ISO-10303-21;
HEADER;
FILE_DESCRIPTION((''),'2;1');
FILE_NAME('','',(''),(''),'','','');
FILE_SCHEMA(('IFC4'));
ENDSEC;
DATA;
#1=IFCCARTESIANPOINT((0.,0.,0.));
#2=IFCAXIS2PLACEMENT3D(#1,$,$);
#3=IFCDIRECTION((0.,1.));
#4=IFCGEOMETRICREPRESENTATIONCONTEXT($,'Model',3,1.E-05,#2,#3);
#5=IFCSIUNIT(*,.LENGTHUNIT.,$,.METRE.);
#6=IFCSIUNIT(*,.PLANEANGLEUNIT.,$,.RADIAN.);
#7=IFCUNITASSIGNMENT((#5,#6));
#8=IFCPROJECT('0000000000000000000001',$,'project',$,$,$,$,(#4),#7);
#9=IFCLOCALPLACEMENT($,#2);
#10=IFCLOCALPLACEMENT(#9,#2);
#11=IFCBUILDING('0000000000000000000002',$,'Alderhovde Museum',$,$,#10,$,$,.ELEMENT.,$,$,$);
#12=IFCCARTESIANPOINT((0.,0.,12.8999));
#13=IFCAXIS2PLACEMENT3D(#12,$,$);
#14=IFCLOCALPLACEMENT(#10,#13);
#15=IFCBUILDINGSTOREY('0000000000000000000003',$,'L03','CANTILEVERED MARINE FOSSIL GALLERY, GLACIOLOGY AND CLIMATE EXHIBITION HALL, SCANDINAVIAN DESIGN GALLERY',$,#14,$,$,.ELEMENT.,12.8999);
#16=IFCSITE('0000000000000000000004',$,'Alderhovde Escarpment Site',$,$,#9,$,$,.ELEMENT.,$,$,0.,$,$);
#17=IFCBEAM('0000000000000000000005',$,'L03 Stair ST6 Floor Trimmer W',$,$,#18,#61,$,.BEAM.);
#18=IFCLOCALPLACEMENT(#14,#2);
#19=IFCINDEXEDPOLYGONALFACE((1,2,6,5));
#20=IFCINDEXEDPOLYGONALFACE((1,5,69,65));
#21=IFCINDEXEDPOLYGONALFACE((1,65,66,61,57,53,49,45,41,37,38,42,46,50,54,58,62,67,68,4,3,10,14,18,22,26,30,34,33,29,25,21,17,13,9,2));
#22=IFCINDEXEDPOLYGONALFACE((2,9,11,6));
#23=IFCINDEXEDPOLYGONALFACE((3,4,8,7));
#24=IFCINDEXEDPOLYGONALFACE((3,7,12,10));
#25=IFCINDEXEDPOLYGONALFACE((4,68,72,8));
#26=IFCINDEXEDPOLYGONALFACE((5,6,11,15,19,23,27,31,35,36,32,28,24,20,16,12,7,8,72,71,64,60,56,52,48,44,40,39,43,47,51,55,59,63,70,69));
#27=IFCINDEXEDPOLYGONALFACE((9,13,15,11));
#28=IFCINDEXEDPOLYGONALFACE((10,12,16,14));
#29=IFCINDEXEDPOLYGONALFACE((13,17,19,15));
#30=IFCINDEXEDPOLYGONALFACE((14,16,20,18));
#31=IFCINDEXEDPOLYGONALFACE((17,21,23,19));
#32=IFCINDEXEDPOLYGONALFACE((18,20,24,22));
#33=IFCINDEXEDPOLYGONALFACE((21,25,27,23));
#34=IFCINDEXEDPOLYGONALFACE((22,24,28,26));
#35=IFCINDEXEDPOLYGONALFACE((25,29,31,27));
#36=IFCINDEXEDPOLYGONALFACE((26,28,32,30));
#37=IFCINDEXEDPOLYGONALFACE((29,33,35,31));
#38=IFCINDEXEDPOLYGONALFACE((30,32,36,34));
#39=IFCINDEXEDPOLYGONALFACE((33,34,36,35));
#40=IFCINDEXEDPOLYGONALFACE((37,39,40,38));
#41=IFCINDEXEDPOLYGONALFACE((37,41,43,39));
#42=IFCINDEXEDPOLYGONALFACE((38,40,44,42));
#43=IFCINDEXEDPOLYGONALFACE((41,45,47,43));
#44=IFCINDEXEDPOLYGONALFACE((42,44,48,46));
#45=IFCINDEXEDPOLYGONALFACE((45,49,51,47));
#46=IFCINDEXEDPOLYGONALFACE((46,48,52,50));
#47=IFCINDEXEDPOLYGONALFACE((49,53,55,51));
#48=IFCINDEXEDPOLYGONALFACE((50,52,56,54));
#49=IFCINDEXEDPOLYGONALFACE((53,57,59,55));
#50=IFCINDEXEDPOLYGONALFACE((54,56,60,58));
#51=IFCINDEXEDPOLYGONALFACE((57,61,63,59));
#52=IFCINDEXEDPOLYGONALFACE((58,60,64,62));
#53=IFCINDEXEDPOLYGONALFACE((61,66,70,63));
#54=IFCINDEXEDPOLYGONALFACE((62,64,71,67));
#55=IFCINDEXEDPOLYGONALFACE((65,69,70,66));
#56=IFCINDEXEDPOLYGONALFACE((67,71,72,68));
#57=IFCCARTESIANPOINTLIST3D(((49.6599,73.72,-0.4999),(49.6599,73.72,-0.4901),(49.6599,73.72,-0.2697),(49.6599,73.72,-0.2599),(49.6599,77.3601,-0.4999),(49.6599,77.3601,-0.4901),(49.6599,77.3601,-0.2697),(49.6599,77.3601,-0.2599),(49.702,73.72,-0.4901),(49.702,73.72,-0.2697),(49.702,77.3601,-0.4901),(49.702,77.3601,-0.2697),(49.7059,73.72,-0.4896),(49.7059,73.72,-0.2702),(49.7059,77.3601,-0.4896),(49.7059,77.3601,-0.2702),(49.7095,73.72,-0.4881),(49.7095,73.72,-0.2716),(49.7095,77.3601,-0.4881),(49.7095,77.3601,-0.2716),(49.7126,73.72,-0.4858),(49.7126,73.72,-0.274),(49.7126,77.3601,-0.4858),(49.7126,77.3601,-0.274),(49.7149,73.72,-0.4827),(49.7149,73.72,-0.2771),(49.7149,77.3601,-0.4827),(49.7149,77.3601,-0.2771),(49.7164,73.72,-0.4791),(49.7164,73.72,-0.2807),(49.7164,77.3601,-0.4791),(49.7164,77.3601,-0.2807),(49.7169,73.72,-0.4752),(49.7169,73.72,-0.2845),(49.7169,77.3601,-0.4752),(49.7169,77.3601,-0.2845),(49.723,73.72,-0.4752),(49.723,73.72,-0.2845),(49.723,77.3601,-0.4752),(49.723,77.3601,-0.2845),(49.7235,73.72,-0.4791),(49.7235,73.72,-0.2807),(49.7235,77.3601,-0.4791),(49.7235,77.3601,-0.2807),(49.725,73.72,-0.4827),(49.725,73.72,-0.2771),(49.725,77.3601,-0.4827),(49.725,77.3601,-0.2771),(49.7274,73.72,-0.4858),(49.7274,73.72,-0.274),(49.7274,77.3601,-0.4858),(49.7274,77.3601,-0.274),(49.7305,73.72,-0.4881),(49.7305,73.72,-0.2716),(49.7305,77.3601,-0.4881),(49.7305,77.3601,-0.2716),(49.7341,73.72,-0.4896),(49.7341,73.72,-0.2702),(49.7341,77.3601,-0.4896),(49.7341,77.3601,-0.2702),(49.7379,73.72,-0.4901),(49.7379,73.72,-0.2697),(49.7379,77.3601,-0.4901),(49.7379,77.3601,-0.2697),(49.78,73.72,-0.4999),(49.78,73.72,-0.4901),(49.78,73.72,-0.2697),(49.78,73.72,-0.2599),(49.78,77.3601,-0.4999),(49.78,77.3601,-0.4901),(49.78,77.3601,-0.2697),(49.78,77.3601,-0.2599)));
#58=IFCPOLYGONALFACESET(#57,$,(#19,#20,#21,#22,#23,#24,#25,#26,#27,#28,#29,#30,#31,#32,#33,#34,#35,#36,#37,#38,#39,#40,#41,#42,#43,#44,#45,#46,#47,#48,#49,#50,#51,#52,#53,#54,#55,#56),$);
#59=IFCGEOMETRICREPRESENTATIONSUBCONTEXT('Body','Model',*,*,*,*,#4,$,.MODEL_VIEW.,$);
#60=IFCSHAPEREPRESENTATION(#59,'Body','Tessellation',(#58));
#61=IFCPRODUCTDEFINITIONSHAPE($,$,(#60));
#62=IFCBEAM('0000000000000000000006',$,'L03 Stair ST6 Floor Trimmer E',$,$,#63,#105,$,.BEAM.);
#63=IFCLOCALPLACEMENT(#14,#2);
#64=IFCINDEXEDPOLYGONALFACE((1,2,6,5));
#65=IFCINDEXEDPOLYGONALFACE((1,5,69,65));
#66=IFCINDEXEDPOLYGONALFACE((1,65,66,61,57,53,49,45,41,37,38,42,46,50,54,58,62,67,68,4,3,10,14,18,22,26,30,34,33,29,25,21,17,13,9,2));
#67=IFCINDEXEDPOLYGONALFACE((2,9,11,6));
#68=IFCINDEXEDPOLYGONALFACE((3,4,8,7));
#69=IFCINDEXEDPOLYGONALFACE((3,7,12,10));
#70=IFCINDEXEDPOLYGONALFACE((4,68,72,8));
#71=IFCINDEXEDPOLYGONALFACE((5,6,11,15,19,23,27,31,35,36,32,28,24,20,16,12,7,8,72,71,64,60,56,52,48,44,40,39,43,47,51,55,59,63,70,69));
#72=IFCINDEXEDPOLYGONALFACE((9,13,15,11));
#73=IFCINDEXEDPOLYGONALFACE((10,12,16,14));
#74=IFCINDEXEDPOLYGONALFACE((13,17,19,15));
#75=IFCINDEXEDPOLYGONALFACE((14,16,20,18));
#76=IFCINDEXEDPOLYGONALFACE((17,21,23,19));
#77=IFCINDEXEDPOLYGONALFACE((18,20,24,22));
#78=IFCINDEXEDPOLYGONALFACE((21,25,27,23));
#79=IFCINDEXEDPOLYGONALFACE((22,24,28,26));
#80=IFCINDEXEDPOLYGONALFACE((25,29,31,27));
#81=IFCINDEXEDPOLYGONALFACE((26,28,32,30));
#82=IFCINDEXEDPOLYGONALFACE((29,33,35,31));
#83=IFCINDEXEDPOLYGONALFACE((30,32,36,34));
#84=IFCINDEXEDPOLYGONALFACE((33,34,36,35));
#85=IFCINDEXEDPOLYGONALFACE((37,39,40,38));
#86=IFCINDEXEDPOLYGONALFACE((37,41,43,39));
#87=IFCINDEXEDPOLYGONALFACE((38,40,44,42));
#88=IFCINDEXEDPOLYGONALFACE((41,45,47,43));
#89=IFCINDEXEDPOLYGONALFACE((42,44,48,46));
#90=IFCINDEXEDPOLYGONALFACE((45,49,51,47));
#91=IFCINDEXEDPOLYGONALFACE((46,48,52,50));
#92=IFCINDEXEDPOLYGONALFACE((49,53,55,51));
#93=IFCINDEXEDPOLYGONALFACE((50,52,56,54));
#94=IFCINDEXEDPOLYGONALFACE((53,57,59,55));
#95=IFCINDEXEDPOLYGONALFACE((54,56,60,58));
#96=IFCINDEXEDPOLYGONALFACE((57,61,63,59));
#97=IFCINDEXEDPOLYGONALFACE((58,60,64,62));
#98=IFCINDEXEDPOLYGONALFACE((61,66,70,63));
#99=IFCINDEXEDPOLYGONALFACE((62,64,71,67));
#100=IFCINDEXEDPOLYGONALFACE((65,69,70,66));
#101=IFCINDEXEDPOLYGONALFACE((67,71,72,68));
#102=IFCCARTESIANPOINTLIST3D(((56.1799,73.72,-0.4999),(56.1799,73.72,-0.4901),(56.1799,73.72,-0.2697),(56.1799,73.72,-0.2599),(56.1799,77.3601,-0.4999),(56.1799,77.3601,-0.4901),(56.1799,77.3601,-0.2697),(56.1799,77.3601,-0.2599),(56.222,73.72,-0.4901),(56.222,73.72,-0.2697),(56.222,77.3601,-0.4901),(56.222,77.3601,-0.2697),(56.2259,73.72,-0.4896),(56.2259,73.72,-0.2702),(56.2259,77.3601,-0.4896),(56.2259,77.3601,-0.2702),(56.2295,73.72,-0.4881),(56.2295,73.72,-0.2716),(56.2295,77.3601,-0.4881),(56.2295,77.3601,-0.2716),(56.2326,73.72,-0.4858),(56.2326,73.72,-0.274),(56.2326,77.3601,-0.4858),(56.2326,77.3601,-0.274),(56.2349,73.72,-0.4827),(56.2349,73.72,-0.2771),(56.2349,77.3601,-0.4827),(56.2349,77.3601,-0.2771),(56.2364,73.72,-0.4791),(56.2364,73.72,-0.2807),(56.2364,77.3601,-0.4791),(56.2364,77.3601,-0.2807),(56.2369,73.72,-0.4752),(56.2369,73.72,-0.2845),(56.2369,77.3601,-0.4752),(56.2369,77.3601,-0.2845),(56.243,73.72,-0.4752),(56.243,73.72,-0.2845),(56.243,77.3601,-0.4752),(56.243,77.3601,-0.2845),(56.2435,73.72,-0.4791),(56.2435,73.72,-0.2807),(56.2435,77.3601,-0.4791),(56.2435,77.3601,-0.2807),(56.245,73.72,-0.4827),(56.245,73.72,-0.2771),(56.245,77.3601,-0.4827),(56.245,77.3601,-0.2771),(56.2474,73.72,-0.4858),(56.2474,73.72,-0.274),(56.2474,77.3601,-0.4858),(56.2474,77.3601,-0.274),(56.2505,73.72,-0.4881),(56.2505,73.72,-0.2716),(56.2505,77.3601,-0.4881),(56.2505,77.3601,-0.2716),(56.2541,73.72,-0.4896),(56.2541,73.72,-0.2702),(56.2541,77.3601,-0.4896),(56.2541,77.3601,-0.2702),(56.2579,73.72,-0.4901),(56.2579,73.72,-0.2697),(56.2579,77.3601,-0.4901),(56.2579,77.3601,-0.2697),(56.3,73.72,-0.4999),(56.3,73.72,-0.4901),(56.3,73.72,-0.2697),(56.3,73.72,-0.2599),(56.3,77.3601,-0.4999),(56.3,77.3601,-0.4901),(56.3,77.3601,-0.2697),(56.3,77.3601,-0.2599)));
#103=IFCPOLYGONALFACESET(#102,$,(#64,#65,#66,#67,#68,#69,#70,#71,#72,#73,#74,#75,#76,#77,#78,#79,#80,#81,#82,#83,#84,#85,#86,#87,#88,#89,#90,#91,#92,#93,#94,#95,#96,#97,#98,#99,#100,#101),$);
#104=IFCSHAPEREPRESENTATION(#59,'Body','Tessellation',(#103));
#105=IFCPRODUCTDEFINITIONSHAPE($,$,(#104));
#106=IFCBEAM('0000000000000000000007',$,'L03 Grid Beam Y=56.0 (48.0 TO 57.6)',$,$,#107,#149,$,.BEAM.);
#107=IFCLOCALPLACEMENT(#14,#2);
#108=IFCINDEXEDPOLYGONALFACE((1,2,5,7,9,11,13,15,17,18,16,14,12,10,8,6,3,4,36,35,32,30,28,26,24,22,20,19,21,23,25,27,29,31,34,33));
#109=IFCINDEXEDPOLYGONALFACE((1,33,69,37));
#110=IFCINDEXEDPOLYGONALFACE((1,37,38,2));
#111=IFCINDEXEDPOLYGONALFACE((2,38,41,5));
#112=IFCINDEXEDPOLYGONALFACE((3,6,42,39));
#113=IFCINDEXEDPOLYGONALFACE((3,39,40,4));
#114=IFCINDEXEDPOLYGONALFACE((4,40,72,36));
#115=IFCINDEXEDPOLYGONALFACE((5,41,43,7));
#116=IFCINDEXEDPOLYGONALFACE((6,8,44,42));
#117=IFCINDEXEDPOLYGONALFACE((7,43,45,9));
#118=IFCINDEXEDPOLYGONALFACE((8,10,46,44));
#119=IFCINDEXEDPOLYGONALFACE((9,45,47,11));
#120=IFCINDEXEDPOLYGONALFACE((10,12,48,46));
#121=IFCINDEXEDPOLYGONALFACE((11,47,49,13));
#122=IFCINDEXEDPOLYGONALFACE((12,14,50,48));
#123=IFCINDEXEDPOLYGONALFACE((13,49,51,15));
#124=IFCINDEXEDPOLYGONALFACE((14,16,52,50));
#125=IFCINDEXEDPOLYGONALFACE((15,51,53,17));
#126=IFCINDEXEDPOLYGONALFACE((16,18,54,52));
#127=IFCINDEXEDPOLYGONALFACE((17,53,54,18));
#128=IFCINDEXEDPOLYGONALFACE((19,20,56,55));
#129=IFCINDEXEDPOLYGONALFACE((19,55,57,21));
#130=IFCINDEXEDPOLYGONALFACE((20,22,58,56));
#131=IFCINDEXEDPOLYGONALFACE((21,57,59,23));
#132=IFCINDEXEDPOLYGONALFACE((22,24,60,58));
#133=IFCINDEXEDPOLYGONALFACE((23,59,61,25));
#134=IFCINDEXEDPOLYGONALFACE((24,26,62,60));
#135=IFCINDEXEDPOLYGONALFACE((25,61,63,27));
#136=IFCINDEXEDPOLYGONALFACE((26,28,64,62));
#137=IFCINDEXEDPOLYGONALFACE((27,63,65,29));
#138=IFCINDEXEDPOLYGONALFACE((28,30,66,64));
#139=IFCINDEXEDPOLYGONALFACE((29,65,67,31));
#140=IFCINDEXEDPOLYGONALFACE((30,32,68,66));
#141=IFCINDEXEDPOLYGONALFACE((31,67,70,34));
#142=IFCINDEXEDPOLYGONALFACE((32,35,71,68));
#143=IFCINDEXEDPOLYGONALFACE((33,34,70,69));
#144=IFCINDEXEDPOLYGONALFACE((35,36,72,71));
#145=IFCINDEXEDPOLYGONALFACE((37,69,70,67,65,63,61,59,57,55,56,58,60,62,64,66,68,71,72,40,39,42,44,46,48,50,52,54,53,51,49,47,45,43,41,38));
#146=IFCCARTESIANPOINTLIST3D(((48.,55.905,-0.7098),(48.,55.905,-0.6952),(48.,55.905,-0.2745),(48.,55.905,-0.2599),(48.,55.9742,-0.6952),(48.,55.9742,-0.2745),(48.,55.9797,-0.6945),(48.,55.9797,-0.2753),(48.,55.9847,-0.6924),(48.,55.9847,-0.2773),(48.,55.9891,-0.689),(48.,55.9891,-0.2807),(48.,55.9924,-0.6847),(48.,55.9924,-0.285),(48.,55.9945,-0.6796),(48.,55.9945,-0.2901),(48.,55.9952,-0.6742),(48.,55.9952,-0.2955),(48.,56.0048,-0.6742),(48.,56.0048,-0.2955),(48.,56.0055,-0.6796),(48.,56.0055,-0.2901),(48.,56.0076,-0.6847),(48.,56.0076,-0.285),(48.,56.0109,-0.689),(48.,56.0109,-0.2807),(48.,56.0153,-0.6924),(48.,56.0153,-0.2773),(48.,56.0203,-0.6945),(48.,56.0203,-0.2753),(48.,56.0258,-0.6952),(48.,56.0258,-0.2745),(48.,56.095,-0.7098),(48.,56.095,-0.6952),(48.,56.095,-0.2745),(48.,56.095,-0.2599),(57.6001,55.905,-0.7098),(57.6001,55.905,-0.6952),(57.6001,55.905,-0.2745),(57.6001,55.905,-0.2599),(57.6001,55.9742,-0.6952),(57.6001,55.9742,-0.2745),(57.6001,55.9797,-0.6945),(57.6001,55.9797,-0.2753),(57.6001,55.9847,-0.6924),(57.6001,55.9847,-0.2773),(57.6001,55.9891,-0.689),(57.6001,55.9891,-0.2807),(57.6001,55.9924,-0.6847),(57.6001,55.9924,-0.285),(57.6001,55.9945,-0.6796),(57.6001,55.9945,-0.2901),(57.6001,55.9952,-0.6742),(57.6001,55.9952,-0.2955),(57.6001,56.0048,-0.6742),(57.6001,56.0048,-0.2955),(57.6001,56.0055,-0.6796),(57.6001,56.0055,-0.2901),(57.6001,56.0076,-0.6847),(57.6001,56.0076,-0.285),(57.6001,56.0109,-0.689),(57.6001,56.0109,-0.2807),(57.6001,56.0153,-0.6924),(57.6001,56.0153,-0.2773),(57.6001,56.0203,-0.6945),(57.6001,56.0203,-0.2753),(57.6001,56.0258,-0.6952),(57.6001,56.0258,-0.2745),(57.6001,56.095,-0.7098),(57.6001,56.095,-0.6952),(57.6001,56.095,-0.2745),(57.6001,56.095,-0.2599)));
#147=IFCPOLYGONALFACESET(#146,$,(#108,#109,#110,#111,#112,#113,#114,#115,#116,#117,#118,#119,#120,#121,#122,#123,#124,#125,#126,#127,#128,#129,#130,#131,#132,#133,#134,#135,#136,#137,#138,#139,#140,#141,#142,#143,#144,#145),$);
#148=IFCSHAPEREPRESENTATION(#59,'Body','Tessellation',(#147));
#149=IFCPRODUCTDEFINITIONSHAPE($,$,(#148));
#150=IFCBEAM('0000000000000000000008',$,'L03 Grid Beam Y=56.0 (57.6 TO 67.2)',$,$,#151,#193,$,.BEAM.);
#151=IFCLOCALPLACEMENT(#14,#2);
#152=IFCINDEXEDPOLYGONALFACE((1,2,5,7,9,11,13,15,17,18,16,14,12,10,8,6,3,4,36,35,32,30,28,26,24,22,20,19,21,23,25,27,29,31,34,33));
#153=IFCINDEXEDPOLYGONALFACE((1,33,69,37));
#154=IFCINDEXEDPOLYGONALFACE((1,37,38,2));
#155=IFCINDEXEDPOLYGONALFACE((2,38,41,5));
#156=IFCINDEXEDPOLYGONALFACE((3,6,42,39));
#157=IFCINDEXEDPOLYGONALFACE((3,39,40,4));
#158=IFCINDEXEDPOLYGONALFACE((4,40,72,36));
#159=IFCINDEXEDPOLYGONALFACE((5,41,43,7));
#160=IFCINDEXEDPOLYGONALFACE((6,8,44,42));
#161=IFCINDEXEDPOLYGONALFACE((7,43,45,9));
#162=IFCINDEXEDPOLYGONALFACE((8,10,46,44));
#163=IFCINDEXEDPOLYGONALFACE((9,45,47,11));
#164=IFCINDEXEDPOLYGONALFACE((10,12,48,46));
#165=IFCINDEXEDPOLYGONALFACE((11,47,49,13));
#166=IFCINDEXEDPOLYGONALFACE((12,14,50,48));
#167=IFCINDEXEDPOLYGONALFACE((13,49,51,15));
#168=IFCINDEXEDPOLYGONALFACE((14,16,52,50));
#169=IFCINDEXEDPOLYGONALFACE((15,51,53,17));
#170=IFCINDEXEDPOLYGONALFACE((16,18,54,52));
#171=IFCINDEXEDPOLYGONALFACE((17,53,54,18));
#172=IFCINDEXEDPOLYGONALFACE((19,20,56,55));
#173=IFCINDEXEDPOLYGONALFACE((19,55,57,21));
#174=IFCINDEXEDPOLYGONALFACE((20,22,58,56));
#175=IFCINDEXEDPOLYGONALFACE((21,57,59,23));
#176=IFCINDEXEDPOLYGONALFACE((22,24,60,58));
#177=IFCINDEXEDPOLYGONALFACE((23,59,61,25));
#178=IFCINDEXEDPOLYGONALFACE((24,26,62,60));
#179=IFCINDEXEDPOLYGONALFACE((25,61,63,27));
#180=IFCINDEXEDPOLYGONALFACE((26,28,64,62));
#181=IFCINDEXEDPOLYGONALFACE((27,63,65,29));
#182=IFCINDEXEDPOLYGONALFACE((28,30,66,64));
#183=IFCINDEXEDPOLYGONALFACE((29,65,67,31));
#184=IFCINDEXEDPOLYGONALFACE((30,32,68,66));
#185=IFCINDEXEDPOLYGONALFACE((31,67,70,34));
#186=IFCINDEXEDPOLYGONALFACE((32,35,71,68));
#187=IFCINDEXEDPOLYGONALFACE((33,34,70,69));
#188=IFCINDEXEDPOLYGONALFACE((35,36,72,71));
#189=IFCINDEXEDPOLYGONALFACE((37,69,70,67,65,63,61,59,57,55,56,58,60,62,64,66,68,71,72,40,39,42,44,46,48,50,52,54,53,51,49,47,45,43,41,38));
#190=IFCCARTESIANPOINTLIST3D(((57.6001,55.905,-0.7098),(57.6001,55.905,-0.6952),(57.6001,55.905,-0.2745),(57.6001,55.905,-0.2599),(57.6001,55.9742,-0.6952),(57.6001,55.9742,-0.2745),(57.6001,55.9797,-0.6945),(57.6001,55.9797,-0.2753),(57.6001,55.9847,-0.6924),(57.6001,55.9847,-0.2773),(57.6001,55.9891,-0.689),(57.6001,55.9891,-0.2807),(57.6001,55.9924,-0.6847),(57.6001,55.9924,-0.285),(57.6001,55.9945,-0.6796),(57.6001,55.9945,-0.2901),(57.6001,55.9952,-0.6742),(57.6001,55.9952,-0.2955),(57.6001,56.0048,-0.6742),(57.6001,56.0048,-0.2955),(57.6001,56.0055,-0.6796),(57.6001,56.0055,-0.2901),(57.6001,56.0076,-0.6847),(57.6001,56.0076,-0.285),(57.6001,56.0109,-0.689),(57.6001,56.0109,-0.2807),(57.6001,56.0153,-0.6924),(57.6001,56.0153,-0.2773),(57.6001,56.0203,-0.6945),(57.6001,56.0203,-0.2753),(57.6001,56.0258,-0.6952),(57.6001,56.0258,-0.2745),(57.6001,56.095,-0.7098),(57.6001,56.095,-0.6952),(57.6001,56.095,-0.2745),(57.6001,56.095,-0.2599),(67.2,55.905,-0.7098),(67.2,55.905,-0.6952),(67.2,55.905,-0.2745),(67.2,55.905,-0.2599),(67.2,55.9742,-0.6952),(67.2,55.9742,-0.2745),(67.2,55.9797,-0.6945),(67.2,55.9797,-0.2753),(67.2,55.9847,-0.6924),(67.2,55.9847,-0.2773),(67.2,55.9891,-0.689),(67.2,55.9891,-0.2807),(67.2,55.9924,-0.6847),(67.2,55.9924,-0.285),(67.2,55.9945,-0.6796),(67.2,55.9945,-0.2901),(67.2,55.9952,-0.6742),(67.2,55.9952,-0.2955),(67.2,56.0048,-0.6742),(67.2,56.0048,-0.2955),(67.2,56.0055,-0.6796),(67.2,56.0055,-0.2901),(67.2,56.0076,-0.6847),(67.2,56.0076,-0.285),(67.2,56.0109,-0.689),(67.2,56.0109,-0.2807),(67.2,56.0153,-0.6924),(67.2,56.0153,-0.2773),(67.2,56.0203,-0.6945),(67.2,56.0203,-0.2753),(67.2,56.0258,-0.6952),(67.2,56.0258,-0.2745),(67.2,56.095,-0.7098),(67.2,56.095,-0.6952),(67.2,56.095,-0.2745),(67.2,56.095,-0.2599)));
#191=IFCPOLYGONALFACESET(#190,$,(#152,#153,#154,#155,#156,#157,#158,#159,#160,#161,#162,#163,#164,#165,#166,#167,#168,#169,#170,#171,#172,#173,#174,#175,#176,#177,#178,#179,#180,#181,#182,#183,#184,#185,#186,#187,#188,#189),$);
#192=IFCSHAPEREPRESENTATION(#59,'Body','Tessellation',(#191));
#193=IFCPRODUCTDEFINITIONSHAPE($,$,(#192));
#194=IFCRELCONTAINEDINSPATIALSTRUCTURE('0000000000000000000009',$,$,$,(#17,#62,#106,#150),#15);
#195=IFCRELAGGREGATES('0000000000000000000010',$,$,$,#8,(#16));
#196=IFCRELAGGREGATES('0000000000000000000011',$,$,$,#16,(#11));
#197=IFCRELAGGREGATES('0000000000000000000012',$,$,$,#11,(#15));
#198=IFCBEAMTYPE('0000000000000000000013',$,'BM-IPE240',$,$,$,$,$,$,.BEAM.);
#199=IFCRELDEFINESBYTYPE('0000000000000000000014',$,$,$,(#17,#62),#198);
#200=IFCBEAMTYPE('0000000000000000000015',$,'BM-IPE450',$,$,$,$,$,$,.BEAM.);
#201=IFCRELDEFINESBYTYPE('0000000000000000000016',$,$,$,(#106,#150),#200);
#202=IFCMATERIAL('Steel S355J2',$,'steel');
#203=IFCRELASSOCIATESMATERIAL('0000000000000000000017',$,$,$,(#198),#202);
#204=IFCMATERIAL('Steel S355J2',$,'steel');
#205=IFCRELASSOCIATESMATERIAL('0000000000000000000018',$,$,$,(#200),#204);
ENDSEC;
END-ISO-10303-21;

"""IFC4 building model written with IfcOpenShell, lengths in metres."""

from ifc_helpers import new_model, si_unit, direction, frame, origin, origin_2d, place, context, subcontext, project, spatial, i_section, extrude, material, material_profile, profile_set, type_object, element, save


model = new_model("IFC4")

# Units and contexts
model_context = context("Model", 3, precision=1e-05, world=origin(), true_north=direction((0.0, 1.0)))
body_context = subcontext(model_context, "Body", "Model", "MODEL_VIEW")
ifc_project = project(units=[si_unit("LENGTHUNIT", "METRE"), si_unit("PLANEANGLEUNIT", "RADIAN")], contexts=[model_context])

# Site, building, storey
site_placement = place(None, origin())
site = spatial("IfcSite", under=ifc_project, at=site_placement, Name="Alderhovde Escarpment Site", CompositionType="ELEMENT", RefElevation=0.0)
building_placement = place(site_placement, origin())
building = spatial("IfcBuilding", under=site, at=building_placement, Name="Alderhovde Museum", CompositionType="ELEMENT")
storey_placement = place(building_placement, frame((0.0, 0.0, 12.8999)))
storey = spatial("IfcBuildingStorey", under=building, at=storey_placement, Name="L03", Description="CANTILEVERED MARINE FOSSIL GALLERY, GLACIOLOGY AND CLIMATE EXHIBITION HALL, SCANDINAVIAN DESIGN GALLERY", CompositionType="ELEMENT", Elevation=12.8999)

# Beams
ifc_material_1 = material(Name="Steel S355J2", Category="steel")
ifc_material_profile_1 = material_profile(ifc_material_1, i_section(OverallWidth=0.1201, OverallDepth=0.24, WebThickness=0.0061, FlangeThickness=0.0098, FilletRadius=0.0149, at=origin_2d()), Name="IPE 240")
ifc_profile_set_1 = profile_set([ifc_material_profile_1], Name="Steel S355J2")
beam_type_1 = type_object("IfcBeamType", Name="BM-IPE240", PredefinedType="BEAM", material=ifc_profile_set_1)
for number, where, z_axis, x_axis, name in (
    (1, (49.72, 73.72, -0.3799), (0.0, 1.0, 0.0), (-1.0, 0.0, 0.0), "L03 Stair ST6 Floor Trimmer W"),
    (2, (56.24, 73.72, -0.3799), (0.0, 1.0, 0.0), (-1.0, 0.0, 0.0), "L03 Stair ST6 Floor Trimmer E"),
):
    element("IfcBeam", number, at=place(storey_placement, frame(where, z_axis=z_axis, x_axis=x_axis)), inside=storey, type_object=beam_type_1, Name=name, PredefinedType="BEAM", context=body_context, shape_type="SweptSolid", body=[
        extrude(i_section(OverallWidth=0.1201, OverallDepth=0.24, WebThickness=0.0061, FlangeThickness=0.0098, FilletRadius=0.0149, at=origin_2d()), origin(), (0.0, 0.0, 1.0), 3.6401),
    ])
ifc_material_2 = material(Name="Steel S355J2", Category="steel")
ifc_material_profile_2 = material_profile(ifc_material_2, i_section(OverallWidth=0.1899, OverallDepth=0.45, WebThickness=0.0095, FlangeThickness=0.0146, FilletRadius=0.021, at=origin_2d()), Name="IPE 450")
ifc_profile_set_2 = profile_set([ifc_material_profile_2], Name="Steel S355J2")
beam_type_2 = type_object("IfcBeamType", Name="BM-IPE450", PredefinedType="BEAM", material=ifc_profile_set_2)
beam_1_placement = place(storey_placement, frame((48.0, 56.0, -0.4849), z_axis=(1.0, 0.0, 0.0), x_axis=(0.0, 1.0, 0.0)))
element("IfcBeam", 3, at=beam_1_placement, inside=storey, type_object=beam_type_2, Name="L03 Grid Beam Y=56.0 (48.0 TO 57.6)", PredefinedType="BEAM", context=body_context, shape_type="SweptSolid", body=[
    extrude(i_section(OverallWidth=0.1899, OverallDepth=0.45, WebThickness=0.0095, FlangeThickness=0.0146, FilletRadius=0.021, at=origin_2d()), origin(), (0.0, 0.0, 1.0), 9.6001),
])
beam_2_placement = place(storey_placement, frame((57.6001, 56.0, -0.4849), z_axis=(1.0, 0.0, 0.0), x_axis=(0.0, 1.0, 0.0)))
element("IfcBeam", 4, at=beam_2_placement, inside=storey, type_object=beam_type_2, Name="L03 Grid Beam Y=56.0 (57.6 TO 67.2)", PredefinedType="BEAM", context=body_context, shape_type="SweptSolid", body=[
    extrude(i_section(OverallWidth=0.1899, OverallDepth=0.45, WebThickness=0.0095, FlangeThickness=0.0146, FilletRadius=0.021, at=origin_2d()), origin(), (0.0, 0.0, 1.0), 9.5999),
])

save(model, "model.ifc")
